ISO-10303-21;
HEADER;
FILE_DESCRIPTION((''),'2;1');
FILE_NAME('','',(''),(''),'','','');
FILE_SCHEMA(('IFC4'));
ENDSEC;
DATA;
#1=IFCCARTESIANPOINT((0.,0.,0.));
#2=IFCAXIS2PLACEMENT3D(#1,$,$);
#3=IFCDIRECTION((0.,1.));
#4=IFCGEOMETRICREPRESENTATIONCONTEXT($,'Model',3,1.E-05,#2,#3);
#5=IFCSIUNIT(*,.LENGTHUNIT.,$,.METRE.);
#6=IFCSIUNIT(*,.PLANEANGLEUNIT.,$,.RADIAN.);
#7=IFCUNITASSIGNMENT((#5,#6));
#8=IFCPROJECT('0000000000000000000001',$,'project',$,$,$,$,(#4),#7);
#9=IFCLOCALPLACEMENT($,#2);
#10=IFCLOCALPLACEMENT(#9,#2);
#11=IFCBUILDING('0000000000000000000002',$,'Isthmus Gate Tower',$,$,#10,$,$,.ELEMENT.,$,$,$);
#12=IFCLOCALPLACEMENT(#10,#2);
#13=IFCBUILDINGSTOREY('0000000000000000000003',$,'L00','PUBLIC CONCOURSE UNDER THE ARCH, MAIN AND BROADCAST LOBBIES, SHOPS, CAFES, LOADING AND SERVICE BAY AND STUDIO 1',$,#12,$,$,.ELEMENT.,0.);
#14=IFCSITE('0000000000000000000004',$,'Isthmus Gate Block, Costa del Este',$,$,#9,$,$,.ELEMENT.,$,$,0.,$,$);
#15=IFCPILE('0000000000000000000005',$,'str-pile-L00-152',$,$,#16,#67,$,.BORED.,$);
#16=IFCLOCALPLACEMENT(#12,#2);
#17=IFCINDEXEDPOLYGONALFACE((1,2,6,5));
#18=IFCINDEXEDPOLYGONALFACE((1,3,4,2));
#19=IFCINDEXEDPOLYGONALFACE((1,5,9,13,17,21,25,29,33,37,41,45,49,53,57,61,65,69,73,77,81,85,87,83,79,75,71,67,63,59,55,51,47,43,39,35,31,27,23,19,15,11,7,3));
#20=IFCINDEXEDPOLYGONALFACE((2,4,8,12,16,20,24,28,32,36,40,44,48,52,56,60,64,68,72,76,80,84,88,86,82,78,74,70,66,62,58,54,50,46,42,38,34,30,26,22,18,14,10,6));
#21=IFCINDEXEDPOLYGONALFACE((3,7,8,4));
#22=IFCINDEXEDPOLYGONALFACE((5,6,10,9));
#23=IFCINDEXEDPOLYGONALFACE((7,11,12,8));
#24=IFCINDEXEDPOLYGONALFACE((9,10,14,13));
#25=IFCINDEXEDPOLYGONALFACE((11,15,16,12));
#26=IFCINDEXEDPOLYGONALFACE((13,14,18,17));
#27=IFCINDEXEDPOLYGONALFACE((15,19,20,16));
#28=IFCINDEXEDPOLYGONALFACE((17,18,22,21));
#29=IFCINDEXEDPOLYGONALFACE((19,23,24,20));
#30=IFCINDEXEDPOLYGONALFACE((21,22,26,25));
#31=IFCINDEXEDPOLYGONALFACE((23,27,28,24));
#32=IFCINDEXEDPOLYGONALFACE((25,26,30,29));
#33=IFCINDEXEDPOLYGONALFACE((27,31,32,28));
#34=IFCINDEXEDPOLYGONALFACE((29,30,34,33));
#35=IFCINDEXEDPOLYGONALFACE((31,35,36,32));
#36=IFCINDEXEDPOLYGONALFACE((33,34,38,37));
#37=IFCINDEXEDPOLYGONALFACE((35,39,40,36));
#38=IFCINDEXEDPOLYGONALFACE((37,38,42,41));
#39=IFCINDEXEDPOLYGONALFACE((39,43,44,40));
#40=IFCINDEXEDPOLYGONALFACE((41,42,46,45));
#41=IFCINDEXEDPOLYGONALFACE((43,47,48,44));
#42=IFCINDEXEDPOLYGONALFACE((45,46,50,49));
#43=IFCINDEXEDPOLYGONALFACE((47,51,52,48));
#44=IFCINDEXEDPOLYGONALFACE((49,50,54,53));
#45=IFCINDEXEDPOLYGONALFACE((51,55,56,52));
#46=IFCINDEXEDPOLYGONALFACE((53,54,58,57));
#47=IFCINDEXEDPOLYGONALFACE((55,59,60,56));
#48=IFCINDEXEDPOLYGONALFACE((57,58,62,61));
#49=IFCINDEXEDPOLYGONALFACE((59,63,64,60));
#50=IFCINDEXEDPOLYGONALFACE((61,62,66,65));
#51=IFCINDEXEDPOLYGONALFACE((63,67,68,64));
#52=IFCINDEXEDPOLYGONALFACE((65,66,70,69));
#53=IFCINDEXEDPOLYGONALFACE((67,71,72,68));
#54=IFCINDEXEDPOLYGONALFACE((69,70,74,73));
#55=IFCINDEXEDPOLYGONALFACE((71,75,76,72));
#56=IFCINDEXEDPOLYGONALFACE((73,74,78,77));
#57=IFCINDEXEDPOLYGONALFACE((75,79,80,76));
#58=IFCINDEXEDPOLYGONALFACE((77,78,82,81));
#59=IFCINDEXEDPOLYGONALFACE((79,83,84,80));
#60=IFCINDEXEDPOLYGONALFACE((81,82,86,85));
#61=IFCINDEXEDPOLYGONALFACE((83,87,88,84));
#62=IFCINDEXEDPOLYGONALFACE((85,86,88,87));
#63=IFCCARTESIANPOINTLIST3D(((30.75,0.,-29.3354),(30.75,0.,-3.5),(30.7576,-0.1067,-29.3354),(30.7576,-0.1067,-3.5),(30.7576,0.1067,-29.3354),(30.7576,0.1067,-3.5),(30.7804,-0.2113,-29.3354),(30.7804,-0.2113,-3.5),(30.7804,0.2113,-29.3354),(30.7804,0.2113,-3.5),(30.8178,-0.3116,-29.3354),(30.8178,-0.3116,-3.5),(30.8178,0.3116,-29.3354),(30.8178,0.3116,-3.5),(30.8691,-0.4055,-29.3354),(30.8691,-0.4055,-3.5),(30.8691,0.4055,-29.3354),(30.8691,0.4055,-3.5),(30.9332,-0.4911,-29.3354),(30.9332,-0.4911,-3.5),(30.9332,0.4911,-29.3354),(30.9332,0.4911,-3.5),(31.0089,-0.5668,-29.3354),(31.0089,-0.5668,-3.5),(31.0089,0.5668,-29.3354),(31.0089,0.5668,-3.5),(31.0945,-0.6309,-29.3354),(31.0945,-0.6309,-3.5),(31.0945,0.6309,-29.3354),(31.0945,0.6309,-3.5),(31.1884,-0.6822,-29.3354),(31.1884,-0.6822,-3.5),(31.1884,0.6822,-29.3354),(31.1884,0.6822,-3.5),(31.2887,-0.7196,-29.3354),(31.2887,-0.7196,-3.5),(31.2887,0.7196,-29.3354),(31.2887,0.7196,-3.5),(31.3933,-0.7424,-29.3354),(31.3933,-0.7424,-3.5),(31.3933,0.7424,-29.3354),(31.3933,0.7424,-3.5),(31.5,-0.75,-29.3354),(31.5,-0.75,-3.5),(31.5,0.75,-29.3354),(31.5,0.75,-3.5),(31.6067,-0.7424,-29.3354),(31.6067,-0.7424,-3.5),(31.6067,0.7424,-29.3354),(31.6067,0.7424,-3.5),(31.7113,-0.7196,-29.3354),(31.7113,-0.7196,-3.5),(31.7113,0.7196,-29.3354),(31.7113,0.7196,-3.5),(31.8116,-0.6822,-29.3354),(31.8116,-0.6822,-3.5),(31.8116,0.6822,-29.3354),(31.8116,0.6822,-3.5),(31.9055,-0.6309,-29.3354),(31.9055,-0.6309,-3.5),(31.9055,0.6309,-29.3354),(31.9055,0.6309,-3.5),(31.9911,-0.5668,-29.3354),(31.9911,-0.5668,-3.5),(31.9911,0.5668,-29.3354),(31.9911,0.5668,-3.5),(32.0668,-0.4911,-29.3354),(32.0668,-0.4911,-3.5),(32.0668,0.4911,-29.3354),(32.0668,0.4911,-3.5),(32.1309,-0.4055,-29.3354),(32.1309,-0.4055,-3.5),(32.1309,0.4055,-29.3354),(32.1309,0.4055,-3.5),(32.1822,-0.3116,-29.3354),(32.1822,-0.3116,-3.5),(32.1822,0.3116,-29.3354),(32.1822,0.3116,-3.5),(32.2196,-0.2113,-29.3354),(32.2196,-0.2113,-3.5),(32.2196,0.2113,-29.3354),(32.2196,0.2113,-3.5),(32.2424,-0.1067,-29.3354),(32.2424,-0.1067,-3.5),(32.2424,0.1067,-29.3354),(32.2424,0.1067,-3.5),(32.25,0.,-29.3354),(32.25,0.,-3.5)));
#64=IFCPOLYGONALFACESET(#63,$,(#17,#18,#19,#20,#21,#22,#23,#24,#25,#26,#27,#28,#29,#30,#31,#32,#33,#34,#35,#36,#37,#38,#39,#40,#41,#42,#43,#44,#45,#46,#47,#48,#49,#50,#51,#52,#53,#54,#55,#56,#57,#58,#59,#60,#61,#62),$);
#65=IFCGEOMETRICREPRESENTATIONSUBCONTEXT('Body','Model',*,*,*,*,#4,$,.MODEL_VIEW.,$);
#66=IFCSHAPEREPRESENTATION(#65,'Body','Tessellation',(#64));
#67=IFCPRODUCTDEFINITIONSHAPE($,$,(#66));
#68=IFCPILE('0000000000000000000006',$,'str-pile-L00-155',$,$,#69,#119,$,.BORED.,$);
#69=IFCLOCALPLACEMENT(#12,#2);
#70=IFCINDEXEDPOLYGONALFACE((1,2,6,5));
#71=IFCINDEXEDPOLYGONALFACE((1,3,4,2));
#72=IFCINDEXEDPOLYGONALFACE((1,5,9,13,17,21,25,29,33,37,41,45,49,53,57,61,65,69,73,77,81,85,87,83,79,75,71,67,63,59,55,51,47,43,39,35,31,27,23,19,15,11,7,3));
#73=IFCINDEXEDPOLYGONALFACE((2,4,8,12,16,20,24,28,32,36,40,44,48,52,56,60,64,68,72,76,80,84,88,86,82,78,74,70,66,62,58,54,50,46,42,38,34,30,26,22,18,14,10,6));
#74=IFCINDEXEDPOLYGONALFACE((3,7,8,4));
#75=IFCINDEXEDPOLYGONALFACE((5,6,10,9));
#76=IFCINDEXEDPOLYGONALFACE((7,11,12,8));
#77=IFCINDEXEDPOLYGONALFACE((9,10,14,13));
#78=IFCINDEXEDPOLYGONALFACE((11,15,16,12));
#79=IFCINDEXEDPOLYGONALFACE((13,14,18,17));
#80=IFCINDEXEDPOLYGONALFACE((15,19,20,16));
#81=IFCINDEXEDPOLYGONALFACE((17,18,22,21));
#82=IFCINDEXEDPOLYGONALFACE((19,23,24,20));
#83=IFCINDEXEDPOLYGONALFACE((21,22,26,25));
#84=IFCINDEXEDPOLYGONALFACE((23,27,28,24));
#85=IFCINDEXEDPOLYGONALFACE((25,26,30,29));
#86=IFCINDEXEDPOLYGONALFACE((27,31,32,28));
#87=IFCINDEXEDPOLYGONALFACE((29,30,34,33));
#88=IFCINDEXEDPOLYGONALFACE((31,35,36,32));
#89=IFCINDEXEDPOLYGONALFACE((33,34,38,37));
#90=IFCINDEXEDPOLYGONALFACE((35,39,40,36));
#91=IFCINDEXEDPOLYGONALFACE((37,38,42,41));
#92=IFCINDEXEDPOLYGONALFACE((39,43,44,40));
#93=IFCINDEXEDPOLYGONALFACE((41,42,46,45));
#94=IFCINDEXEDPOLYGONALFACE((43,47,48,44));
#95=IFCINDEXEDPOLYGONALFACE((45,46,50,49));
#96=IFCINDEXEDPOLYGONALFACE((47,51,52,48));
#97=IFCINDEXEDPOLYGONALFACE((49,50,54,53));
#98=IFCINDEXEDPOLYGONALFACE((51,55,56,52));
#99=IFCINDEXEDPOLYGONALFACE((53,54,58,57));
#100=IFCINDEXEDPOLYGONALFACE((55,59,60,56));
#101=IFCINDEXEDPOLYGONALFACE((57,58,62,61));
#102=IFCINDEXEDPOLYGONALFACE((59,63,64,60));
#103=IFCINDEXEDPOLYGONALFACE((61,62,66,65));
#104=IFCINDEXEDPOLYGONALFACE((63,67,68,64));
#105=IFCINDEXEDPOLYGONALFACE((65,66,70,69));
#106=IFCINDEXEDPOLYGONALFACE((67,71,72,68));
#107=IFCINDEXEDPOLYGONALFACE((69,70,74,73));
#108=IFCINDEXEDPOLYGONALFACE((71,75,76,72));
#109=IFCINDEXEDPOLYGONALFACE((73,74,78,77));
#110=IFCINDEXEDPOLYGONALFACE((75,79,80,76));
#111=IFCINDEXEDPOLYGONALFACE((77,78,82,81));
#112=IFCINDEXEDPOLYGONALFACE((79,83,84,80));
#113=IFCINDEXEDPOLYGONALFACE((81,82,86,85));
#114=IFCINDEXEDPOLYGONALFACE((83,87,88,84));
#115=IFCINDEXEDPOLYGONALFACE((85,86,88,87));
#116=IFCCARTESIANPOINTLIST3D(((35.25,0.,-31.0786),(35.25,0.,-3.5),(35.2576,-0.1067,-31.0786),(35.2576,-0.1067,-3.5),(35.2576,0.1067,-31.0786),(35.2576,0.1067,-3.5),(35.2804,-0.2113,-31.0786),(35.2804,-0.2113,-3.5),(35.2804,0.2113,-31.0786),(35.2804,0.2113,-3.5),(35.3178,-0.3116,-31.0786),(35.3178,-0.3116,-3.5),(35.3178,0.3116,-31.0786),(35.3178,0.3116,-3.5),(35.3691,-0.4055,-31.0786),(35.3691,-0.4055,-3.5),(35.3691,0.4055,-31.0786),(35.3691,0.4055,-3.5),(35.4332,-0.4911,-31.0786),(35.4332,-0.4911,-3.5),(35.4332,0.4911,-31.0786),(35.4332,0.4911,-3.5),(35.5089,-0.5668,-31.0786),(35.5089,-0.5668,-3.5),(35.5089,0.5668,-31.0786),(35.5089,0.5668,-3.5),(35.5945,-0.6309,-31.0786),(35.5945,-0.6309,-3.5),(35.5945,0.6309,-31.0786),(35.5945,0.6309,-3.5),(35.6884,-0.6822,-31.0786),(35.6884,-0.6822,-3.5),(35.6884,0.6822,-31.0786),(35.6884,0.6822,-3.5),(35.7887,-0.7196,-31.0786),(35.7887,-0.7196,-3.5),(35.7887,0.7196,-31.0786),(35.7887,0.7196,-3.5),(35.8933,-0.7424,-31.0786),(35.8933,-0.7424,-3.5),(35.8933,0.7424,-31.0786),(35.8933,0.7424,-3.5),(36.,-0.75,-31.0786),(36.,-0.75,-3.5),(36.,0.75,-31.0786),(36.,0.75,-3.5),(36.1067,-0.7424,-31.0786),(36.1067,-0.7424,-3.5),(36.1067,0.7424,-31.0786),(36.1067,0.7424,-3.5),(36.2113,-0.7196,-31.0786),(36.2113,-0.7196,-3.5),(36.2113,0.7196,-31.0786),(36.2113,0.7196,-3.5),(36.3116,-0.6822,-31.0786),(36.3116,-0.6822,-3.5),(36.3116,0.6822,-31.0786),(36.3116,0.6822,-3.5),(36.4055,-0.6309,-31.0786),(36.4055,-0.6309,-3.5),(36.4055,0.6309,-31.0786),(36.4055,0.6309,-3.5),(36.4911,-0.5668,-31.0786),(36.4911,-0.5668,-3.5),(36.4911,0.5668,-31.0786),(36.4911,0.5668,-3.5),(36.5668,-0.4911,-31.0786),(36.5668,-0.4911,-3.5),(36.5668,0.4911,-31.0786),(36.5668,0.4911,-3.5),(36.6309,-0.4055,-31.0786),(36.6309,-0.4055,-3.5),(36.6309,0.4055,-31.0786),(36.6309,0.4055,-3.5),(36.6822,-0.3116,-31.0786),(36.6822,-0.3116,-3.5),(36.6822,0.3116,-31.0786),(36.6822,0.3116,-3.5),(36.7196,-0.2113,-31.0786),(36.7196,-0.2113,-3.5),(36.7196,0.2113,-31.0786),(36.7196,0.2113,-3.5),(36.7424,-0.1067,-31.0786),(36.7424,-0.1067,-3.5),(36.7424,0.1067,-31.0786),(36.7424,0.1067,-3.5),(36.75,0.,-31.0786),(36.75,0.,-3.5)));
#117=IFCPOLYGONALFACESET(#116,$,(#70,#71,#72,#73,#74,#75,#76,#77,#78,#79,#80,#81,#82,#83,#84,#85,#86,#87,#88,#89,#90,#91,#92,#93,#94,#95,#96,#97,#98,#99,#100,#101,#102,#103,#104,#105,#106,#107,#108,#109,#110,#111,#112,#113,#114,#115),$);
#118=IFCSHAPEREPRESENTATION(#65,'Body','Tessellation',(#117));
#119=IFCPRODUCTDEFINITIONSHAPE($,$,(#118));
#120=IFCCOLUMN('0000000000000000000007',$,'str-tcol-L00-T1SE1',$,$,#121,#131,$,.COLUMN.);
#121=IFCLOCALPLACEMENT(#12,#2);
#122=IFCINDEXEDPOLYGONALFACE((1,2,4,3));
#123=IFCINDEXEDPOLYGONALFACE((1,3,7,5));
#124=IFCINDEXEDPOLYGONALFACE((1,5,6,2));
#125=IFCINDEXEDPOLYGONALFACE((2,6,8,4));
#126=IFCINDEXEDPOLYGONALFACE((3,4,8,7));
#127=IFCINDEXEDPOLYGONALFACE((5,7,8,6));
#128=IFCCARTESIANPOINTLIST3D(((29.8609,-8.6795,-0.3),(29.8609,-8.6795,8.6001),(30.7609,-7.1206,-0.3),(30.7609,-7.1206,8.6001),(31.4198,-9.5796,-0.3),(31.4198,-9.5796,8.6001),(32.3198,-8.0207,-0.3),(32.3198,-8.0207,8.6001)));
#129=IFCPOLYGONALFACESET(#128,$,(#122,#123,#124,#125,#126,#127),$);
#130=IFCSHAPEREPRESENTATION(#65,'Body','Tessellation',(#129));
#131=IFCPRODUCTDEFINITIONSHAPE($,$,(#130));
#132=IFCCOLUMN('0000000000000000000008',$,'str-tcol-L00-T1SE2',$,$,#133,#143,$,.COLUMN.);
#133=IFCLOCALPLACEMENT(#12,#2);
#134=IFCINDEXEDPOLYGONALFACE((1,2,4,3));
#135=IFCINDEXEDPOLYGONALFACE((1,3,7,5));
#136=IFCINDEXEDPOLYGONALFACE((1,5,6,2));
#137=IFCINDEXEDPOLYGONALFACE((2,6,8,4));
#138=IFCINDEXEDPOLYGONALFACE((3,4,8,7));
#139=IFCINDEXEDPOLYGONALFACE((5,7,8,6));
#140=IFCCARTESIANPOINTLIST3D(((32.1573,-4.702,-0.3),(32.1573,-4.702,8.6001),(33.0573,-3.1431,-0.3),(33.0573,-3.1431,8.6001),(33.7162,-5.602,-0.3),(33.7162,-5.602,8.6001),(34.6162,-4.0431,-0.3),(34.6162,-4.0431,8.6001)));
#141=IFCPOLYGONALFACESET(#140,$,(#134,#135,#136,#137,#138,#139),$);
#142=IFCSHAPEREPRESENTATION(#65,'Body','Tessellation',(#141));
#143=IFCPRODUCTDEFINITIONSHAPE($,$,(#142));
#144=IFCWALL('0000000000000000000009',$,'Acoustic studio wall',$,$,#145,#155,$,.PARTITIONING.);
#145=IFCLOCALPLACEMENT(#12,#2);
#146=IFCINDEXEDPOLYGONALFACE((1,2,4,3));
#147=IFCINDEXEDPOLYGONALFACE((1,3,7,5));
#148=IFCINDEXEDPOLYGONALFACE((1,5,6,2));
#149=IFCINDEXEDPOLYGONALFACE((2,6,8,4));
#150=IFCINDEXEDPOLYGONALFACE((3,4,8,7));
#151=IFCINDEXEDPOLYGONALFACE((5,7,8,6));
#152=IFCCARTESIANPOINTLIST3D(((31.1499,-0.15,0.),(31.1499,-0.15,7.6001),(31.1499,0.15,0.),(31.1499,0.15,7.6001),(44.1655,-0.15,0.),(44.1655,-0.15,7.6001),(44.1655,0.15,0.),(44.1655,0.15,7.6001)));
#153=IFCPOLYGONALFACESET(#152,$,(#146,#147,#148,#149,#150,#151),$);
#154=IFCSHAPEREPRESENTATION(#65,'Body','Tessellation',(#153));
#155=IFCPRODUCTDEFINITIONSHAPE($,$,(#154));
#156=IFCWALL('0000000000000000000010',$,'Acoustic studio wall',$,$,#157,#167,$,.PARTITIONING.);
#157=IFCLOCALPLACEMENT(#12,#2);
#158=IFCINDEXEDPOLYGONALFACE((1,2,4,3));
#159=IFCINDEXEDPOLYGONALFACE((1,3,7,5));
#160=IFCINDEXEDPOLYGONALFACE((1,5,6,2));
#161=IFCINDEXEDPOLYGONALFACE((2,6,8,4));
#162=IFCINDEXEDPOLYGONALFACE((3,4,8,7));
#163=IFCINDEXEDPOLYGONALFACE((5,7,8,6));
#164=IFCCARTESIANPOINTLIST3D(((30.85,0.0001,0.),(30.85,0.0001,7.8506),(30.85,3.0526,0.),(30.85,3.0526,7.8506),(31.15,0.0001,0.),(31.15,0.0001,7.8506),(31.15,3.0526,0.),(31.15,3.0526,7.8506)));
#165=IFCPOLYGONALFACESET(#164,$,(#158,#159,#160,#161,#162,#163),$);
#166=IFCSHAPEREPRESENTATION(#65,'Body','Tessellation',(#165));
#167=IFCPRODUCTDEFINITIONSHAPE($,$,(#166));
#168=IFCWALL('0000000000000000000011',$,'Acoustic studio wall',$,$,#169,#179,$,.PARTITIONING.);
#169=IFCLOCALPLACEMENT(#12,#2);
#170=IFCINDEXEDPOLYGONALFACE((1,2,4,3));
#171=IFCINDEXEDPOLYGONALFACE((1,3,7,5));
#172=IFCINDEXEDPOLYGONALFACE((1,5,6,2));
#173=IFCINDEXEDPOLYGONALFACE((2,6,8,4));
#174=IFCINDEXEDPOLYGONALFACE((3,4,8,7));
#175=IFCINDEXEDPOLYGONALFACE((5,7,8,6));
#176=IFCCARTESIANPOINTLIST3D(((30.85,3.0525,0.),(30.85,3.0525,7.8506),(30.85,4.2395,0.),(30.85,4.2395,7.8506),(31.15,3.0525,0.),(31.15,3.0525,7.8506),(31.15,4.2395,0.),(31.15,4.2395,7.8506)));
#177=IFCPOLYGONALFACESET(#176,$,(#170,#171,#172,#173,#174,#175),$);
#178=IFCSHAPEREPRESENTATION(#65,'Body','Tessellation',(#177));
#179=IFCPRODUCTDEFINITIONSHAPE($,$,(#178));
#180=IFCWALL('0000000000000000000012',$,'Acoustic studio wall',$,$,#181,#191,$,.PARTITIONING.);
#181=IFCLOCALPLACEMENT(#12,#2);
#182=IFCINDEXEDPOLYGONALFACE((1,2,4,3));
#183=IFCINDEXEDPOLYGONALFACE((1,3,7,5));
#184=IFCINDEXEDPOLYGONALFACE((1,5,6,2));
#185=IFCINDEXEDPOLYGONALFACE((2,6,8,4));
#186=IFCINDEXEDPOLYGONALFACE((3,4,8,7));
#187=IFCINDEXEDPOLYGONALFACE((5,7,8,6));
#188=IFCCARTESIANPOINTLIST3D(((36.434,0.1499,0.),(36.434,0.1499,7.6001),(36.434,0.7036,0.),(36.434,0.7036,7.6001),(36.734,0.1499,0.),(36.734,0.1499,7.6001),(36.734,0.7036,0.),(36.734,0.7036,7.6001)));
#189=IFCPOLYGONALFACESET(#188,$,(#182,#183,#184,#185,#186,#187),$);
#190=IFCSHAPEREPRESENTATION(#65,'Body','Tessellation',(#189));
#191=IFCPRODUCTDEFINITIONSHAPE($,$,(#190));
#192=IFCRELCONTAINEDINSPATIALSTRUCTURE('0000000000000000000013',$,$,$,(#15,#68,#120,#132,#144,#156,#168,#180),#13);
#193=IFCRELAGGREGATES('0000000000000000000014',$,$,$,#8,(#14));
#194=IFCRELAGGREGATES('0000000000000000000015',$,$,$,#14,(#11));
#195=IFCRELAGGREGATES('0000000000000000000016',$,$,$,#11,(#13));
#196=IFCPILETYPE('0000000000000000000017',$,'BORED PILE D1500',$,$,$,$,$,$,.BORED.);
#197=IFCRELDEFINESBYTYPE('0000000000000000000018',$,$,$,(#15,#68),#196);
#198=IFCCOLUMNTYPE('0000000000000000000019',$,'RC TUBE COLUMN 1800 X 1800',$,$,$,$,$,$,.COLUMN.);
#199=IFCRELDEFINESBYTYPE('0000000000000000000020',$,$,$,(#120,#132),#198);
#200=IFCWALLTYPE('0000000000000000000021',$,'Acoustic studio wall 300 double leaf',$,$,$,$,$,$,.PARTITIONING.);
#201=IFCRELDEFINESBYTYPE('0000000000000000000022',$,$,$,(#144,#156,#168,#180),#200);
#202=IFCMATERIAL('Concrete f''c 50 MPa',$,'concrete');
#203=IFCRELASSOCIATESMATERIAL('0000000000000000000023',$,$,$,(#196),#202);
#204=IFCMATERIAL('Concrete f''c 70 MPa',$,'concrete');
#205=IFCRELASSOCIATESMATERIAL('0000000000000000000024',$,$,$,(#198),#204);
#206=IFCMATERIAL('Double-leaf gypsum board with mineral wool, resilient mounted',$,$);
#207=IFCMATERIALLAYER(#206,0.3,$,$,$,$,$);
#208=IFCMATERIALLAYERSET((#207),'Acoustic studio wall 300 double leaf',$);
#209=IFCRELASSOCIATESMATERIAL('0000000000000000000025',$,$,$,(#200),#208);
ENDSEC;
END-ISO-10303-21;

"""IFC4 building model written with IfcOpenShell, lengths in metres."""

from ifc_helpers import new_model, si_unit, direction, frame, frame_2d, origin, origin_2d, place, context, subcontext, project, spatial, rectangle, circle, extrude, material, layer, layer_set, material_profile, profile_set, type_object, element, save


model = new_model("IFC4")

# Units and contexts
model_context = context("Model", 3, precision=1e-05, world=origin(), true_north=direction((0.0, 1.0)))
body_context = subcontext(model_context, "Body", "Model", "MODEL_VIEW")
ifc_project = project(units=[si_unit("LENGTHUNIT", "METRE"), si_unit("PLANEANGLEUNIT", "RADIAN")], contexts=[model_context])

# Site, building, storey
site_placement = place(None, origin())
site = spatial("IfcSite", under=ifc_project, at=site_placement, Name="Isthmus Gate Block, Costa del Este", CompositionType="ELEMENT", RefElevation=0.0)
building_placement = place(site_placement, origin())
building = spatial("IfcBuilding", under=site, at=building_placement, Name="Isthmus Gate Tower", CompositionType="ELEMENT")
storey_placement = place(building_placement, origin())
storey = spatial("IfcBuildingStorey", under=building, at=storey_placement, Name="L00", Description="PUBLIC CONCOURSE UNDER THE ARCH, MAIN AND BROADCAST LOBBIES, SHOPS, CAFES, LOADING AND SERVICE BAY AND STUDIO 1", CompositionType="ELEMENT", Elevation=0.0)

# Piles
ifc_material_1 = material(Name="Concrete f'c 50 MPa", Category="concrete")
ifc_material_profile_1 = material_profile(ifc_material_1, circle(Radius=0.75, at=origin_2d()), Name="D1500")
ifc_profile_set_1 = profile_set([ifc_material_profile_1], Name="Concrete f'c 50 MPa")
pile_type = type_object("IfcPileType", Name="BORED PILE D1500", PredefinedType="BORED", material=ifc_profile_set_1)
pile_1_placement = place(storey_placement, frame((31.5, 0.0, -3.5), z_axis=(0.0, 0.0, -1.0), x_axis=(1.0, 0.0, 0.0)))
element("IfcPile", 1, at=pile_1_placement, inside=storey, type_object=pile_type, Name="str-pile-L00-152", PredefinedType="BORED", context=body_context, shape_type="SweptSolid", body=[
    extrude(circle(Radius=0.75, at=origin_2d()), origin(), (0.0, 0.0, 1.0), 25.8354),
])
pile_2_placement = place(storey_placement, frame((36.0, 0.0, -3.5), z_axis=(0.0, 0.0, -1.0), x_axis=(1.0, 0.0, 0.0)))
element("IfcPile", 2, at=pile_2_placement, inside=storey, type_object=pile_type, Name="str-pile-L00-155", PredefinedType="BORED", context=body_context, shape_type="SweptSolid", body=[
    extrude(circle(Radius=0.75, at=origin_2d()), origin(), (0.0, 0.0, 1.0), 27.5786),
])

# Columns
ifc_material_2 = material(Name="Concrete f'c 70 MPa", Category="concrete")
ifc_material_profile_2 = material_profile(ifc_material_2, rectangle(XDim=1.8, YDim=1.8, at=origin_2d()), Name="RC 1800X1800")
ifc_profile_set_2 = profile_set([ifc_material_profile_2], Name="Concrete f'c 70 MPa")
column_type = type_object("IfcColumnType", Name="RC TUBE COLUMN 1800 X 1800", PredefinedType="COLUMN", material=ifc_profile_set_2)
for number, where, z_axis, x_axis, name in (
    (3, (31.0903, -8.3501, -0.3), (0.0, 0.0, 1.0), (0.5, 0.866025, 0.0), "str-tcol-L00-T1SE1"),
    (4, (33.3867, -4.3726, -0.3), (0.0, 0.0, 1.0), (0.5, 0.866025, 0.0), "str-tcol-L00-T1SE2"),
):
    element("IfcColumn", number, at=place(storey_placement, frame(where, z_axis=z_axis, x_axis=x_axis)), inside=storey, type_object=column_type, Name=name, PredefinedType="COLUMN", context=body_context, shape_type="SweptSolid", body=[
        extrude(rectangle(XDim=1.8, YDim=1.8, at=origin_2d()), origin(), (0.0, 0.0, 1.0), 8.9001),
    ])

# Walls
ifc_material_3 = material(Name="Double-leaf gypsum board with mineral wool, resilient mounted")
ifc_layer_1 = layer(ifc_material_3, 0.3)
ifc_layer_set_1 = layer_set([ifc_layer_1], Name="Acoustic studio wall 300 double leaf")
wall_type_1 = type_object("IfcWallType", Name="Acoustic studio wall 300 double leaf", PredefinedType="PARTITIONING", material=ifc_layer_set_1)
wall_1_placement = place(storey_placement, frame((31.1499, 0.0, 0.0), z_axis=(0.0, 0.0, 1.0), x_axis=(1.0, 0.0, 0.0)))
element("IfcWall", 5, at=wall_1_placement, inside=storey, type_object=wall_type_1, Name="Acoustic studio wall", PredefinedType="PARTITIONING", context=body_context, shape_type="SweptSolid", body=[
    extrude(rectangle(XDim=13.0156, YDim=0.3, at=frame_2d((6.5078, 0.0))), origin(), (0.0, 0.0, 1.0), 7.6001),
])
wall_2_placement = place(storey_placement, frame((31.0, 0.0, 0.0), z_axis=(0.0, 0.0, 1.0), x_axis=(0.0, 1.0, 0.0)))
element("IfcWall", 6, at=wall_2_placement, inside=storey, type_object=wall_type_1, Name="Acoustic studio wall", PredefinedType="PARTITIONING", context=body_context, shape_type="SweptSolid", body=[
    extrude(rectangle(XDim=3.0525, YDim=0.3, at=frame_2d((1.5264, 0.0))), origin(), (0.0, 0.0, 1.0), 7.8506),
])
wall_3_placement = place(storey_placement, frame((31.0, 3.0525, 0.0), z_axis=(0.0, 0.0, 1.0), x_axis=(0.0, 1.0, 0.0)))
element("IfcWall", 7, at=wall_3_placement, inside=storey, type_object=wall_type_1, Name="Acoustic studio wall", PredefinedType="PARTITIONING", context=body_context, shape_type="SweptSolid", body=[
    extrude(rectangle(XDim=1.187, YDim=0.3, at=frame_2d((0.5935, 0.0))), origin(), (0.0, 0.0, 1.0), 7.8506),
])
wall_4_placement = place(storey_placement, frame((36.584, 0.1499, 0.0), z_axis=(0.0, 0.0, 1.0), x_axis=(0.0, 1.0, 0.0)))
element("IfcWall", 8, at=wall_4_placement, inside=storey, type_object=wall_type_1, Name="Acoustic studio wall", PredefinedType="PARTITIONING", context=body_context, shape_type="SweptSolid", body=[
    extrude(rectangle(XDim=0.5537, YDim=0.3, at=frame_2d((0.2769, 0.0))), origin(), (0.0, 0.0, 1.0), 7.6001),
])

save(model, "model.ifc")
